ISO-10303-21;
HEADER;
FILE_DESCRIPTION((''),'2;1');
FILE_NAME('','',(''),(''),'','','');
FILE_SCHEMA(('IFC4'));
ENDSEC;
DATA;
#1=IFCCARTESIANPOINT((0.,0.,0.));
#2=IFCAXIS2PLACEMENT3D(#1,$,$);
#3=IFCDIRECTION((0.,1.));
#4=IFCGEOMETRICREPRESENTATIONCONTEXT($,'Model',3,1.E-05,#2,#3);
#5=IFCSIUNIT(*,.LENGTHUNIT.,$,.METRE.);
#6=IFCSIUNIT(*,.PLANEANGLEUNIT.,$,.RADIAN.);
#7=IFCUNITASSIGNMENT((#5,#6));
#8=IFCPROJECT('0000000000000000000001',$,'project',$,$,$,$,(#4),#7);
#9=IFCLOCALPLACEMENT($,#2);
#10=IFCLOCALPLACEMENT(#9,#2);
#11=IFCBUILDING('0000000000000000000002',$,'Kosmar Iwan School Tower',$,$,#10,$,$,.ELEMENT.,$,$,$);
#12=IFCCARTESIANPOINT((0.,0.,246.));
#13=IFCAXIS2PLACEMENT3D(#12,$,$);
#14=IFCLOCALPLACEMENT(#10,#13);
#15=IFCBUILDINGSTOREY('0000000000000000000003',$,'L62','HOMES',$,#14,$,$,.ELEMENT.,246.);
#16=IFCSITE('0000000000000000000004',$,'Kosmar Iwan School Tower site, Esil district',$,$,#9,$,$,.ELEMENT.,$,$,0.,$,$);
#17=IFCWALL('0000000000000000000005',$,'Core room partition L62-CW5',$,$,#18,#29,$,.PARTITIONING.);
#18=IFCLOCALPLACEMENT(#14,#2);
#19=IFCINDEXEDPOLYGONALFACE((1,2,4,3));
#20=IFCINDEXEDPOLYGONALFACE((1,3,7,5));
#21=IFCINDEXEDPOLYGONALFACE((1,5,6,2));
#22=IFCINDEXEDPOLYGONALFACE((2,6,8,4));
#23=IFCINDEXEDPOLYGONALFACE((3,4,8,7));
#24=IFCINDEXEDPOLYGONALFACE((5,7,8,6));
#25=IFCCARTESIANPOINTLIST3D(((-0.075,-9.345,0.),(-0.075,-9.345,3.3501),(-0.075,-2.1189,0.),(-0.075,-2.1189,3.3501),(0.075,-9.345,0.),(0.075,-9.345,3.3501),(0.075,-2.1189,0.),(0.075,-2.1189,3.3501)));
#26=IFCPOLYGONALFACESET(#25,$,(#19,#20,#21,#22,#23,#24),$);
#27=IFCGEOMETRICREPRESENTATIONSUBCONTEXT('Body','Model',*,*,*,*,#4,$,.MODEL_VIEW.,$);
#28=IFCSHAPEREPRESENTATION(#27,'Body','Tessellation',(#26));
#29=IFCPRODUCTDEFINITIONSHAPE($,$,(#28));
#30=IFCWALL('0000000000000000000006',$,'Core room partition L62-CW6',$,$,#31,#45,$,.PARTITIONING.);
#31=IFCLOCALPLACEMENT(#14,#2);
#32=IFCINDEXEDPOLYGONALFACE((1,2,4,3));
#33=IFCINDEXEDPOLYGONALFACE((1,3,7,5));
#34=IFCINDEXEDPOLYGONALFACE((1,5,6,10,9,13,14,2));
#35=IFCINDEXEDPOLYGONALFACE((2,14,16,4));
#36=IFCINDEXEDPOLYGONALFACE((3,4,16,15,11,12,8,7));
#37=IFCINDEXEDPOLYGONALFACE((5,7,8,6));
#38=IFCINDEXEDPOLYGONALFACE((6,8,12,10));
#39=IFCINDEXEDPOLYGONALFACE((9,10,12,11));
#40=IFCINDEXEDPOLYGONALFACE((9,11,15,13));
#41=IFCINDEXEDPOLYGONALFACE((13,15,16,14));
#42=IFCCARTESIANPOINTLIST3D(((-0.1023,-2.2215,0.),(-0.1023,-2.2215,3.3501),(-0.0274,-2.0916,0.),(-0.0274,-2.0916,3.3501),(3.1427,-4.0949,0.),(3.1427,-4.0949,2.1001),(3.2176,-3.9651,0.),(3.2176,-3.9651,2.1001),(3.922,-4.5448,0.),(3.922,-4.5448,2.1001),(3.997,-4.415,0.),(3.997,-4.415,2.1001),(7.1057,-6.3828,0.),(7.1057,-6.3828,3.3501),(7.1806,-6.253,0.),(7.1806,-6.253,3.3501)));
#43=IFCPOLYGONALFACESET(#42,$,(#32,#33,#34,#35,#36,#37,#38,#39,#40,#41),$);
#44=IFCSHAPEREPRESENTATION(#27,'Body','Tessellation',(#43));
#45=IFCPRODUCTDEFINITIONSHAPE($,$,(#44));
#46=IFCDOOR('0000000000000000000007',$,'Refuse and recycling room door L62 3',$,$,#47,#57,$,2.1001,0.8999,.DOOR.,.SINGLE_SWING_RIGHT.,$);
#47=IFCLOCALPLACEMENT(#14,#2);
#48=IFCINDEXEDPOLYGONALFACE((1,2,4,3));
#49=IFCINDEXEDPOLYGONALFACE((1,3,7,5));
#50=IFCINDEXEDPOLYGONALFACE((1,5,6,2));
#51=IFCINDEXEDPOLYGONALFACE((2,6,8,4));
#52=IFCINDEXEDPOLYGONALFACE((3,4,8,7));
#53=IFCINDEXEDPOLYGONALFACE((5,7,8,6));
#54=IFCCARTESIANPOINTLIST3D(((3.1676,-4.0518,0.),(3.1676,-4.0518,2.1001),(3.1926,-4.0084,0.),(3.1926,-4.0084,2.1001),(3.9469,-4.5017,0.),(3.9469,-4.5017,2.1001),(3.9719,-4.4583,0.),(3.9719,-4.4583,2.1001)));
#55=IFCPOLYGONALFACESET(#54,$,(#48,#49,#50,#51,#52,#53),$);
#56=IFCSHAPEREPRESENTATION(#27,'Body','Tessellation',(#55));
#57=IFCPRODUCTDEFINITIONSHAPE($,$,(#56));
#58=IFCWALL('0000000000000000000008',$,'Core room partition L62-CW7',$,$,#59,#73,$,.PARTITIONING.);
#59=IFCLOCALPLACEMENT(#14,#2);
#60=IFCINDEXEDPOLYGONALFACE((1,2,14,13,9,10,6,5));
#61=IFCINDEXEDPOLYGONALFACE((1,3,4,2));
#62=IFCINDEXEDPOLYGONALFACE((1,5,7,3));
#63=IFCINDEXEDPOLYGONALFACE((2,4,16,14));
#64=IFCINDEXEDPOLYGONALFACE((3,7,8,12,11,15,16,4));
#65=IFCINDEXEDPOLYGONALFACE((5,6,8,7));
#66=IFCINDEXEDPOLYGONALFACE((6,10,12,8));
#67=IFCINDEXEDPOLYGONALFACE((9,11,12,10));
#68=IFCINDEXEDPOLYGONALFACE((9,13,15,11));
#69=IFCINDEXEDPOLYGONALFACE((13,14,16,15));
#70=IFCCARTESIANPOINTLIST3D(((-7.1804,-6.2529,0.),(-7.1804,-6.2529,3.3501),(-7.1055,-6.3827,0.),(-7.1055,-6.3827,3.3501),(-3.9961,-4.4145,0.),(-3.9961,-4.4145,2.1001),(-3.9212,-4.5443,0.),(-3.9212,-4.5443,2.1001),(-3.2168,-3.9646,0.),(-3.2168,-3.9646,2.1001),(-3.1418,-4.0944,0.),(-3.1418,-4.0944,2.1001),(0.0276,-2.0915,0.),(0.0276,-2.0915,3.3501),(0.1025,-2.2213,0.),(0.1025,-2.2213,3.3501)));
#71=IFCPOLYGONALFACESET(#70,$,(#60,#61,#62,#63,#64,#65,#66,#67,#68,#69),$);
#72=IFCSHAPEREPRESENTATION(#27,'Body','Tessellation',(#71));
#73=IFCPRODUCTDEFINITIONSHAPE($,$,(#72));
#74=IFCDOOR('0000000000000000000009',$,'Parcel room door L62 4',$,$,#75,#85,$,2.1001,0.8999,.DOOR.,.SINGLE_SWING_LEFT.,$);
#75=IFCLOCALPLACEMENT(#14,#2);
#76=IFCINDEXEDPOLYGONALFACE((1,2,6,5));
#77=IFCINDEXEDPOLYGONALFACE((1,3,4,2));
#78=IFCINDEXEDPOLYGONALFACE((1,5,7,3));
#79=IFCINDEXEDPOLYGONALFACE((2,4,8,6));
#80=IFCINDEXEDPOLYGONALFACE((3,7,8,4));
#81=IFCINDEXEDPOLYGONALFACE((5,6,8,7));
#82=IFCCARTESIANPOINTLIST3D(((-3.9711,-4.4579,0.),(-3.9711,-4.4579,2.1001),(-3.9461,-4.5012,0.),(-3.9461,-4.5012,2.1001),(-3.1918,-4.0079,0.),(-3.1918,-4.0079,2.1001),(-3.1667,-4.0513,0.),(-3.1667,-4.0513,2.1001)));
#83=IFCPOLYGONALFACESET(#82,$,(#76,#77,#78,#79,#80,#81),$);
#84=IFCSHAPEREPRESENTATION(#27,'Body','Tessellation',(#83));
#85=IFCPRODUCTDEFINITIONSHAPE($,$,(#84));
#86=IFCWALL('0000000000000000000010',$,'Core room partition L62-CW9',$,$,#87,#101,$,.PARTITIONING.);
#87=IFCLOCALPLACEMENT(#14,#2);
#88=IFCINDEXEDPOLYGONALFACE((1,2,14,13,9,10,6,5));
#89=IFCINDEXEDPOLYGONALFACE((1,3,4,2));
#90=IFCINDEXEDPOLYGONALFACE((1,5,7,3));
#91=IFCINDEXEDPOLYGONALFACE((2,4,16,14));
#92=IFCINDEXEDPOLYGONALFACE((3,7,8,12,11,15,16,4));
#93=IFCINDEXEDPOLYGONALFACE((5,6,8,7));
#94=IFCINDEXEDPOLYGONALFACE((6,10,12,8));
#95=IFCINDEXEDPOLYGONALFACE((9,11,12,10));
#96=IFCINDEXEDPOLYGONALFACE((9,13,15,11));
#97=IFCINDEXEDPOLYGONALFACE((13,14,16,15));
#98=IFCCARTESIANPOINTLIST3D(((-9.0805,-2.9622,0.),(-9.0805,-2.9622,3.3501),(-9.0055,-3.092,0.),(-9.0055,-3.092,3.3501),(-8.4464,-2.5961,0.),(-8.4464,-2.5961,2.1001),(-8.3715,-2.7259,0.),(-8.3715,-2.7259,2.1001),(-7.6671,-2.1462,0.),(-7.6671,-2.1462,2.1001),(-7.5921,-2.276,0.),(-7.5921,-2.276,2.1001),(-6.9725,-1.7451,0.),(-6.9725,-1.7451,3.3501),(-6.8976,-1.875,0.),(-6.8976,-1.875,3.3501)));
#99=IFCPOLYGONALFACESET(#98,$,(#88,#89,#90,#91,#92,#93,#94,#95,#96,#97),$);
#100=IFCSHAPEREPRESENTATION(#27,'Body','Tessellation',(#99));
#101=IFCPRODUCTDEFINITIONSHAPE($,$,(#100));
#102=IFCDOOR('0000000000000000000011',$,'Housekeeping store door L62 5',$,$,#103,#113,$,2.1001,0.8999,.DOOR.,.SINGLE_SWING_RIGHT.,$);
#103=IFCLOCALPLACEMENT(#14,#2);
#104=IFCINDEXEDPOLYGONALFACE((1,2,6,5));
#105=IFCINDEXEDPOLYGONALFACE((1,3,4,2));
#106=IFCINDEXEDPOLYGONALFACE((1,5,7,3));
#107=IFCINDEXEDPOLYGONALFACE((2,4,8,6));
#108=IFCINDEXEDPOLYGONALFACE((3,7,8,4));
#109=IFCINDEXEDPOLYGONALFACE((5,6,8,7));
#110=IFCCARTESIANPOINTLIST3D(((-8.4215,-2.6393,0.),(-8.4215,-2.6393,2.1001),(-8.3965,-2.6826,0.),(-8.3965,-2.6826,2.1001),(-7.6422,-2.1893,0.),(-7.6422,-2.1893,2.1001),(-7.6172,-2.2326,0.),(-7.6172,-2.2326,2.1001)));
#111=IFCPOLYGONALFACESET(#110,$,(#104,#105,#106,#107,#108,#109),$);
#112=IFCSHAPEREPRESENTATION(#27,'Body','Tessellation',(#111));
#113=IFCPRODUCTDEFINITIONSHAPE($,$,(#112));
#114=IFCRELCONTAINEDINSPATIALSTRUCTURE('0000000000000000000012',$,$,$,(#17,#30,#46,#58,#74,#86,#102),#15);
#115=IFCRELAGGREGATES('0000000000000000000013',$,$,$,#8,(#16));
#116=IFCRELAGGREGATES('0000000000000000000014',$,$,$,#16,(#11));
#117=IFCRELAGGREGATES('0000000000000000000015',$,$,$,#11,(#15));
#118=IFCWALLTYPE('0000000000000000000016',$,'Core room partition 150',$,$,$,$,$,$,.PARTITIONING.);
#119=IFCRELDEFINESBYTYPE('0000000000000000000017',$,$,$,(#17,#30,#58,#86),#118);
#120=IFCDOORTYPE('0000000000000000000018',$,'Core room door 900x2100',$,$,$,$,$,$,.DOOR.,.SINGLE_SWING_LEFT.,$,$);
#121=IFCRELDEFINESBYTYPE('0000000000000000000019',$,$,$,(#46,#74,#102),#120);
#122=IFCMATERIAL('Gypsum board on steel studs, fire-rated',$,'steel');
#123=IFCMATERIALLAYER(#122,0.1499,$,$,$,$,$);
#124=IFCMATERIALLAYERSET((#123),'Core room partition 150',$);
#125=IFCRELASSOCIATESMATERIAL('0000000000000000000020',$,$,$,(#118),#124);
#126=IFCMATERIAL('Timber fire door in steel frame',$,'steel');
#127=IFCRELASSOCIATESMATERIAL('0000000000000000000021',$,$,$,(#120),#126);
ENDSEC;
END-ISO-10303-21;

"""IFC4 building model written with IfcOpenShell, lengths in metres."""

from ifc_helpers import new_model, si_unit, direction, frame, frame_2d, origin, place, context, subcontext, project, spatial, rectangle, extrude, material, layer, layer_set, type_object, element, fill, save


model = new_model("IFC4")

# Units and contexts
model_context = context("Model", 3, precision=1e-05, world=origin(), true_north=direction((0.0, 1.0)))
body_context = subcontext(model_context, "Body", "Model", "MODEL_VIEW")
ifc_project = project(units=[si_unit("LENGTHUNIT", "METRE"), si_unit("PLANEANGLEUNIT", "RADIAN")], contexts=[model_context])

# Site, building, storey
site_placement = place(None, origin())
site = spatial("IfcSite", under=ifc_project, at=site_placement, Name="Kosmar Iwan School Tower site, Esil district", CompositionType="ELEMENT", RefElevation=0.0)
building_placement = place(site_placement, origin())
building = spatial("IfcBuilding", under=site, at=building_placement, Name="Kosmar Iwan School Tower", CompositionType="ELEMENT")
storey_placement = place(building_placement, frame((0.0, 0.0, 246.0)))
storey = spatial("IfcBuildingStorey", under=building, at=storey_placement, Name="L62", Description="HOMES", CompositionType="ELEMENT", Elevation=246.0)

# Wall
ifc_material_1 = material(Name="Gypsum board on steel studs, fire-rated", Category="steel")
ifc_layer_1 = layer(ifc_material_1, 0.1499)
ifc_layer_set_1 = layer_set([ifc_layer_1], Name="Core room partition 150")
wall_type_1 = type_object("IfcWallType", Name="Core room partition 150", PredefinedType="PARTITIONING", material=ifc_layer_set_1)
wall_1_placement = place(storey_placement, frame((0.0, -9.345, 0.0), z_axis=(0.0, 0.0, 1.0), x_axis=(0.0, 1.0, 0.0)))
element("IfcWall", 1, at=wall_1_placement, inside=storey, type_object=wall_type_1, Name="Core room partition L62-CW5", PredefinedType="PARTITIONING", context=body_context, shape_type="SweptSolid", body=[
    extrude(rectangle(XDim=7.2261, YDim=0.1499, at=frame_2d((3.613, 0.0))), origin(), (0.0, 0.0, 1.0), 3.3501),
])

# Walls, openings, doors
wall_2_placement = place(storey_placement, frame((-0.0649, -2.1565, 0.0), z_axis=(0.0, 0.0, 1.0), x_axis=(0.866034, -0.499985, 0.0)))
wall_2 = element("IfcWall", 2, at=wall_2_placement, inside=storey, type_object=wall_type_1, Name="Core room partition L62-CW6", PredefinedType="PARTITIONING", context=body_context, shape_type="SweptSolid", body=[
    extrude(rectangle(XDim=8.323, YDim=0.1499, at=frame_2d((4.1616, 0.0))), origin(), (0.0, 0.0, 1.0), 3.3501),
])
opening_1_placement = place(wall_2_placement, frame((3.7471, 0.0, 0.0)))
opening_1 = element("IfcOpeningElement", 3, at=opening_1_placement, cuts=wall_2, PredefinedType="OPENING", context=body_context, shape_type="SweptSolid", body=[
    extrude(rectangle(XDim=0.8999, YDim=2.1001, at=frame_2d((0.45, 1.05))), frame((0.0, 0.0869, 0.0), z_axis=(0.0, -1.0, 0.0), x_axis=(1.0, 0.0, 0.0)), (0.0, 0.0, 1.0), 0.1738),
])
ifc_material_2 = material(Name="Timber fire door in steel frame", Category="steel")
door_type_1 = type_object("IfcDoorType", Name="Core room door 900x2100", OperationType="SINGLE_SWING_LEFT", PredefinedType="DOOR", material=ifc_material_2)
door_1_placement = place(opening_1_placement, origin())
door_1 = element("IfcDoor", 4, at=door_1_placement, inside=storey, type_object=door_type_1, Name="Refuse and recycling room door L62 3", OperationType="SINGLE_SWING_RIGHT", OverallHeight=2.1001, OverallWidth=0.8999, PredefinedType="DOOR", context=body_context, shape_type="SweptSolid", body=[
    extrude(rectangle(XDim=0.8999, YDim=2.1001, at=frame_2d((0.45, 1.05))), frame((0.0, 0.0249, 0.0), z_axis=(0.0, -1.0, 0.0), x_axis=(1.0, 0.0, 0.0)), (0.0, 0.0, 1.0), 0.05),
])
fill(opening_1, door_1)
wall_3_placement = place(storey_placement, frame((-7.1431, -6.3179, 0.0), z_axis=(0.0, 0.0, 1.0), x_axis=(0.866034, 0.499985, 0.0)))
wall_3 = element("IfcWall", 5, at=wall_3_placement, inside=storey, type_object=wall_type_1, Name="Core room partition L62-CW7", PredefinedType="PARTITIONING", context=body_context, shape_type="SweptSolid", body=[
    extrude(rectangle(XDim=8.323, YDim=0.1499, at=frame_2d((4.1616, 0.0))), origin(), (0.0, 0.0, 1.0), 3.3501),
])
opening_2_placement = place(wall_3_placement, frame((3.677, 0.0, 0.0)))
opening_2 = element("IfcOpeningElement", 6, at=opening_2_placement, cuts=wall_3, PredefinedType="OPENING", context=body_context, shape_type="SweptSolid", body=[
    extrude(rectangle(XDim=0.8999, YDim=2.1001, at=frame_2d((0.45, 1.05))), frame((0.0, 0.0869, 0.0), z_axis=(0.0, -1.0, 0.0), x_axis=(1.0, 0.0, 0.0)), (0.0, 0.0, 1.0), 0.1738),
])
door_2_placement = place(opening_2_placement, origin())
door_2 = element("IfcDoor", 7, at=door_2_placement, inside=storey, type_object=door_type_1, Name="Parcel room door L62 4", OperationType="SINGLE_SWING_LEFT", OverallHeight=2.1001, OverallWidth=0.8999, PredefinedType="DOOR", context=body_context, shape_type="SweptSolid", body=[
    extrude(rectangle(XDim=0.8999, YDim=2.1001, at=frame_2d((0.45, 1.05))), frame((0.0, 0.0249, 0.0), z_axis=(0.0, -1.0, 0.0), x_axis=(1.0, 0.0, 0.0)), (0.0, 0.0, 1.0), 0.05),
])
fill(opening_2, door_2)
wall_4_placement = place(storey_placement, frame((-6.9351, -1.8101, 0.0), z_axis=(0.0, 0.0, 1.0), x_axis=(-0.866019, -0.500012, 0.0)))
wall_4 = element("IfcWall", 8, at=wall_4_placement, inside=storey, type_object=wall_type_1, Name="Core room partition L62-CW9", PredefinedType="PARTITIONING", context=body_context, shape_type="SweptSolid", body=[
    extrude(rectangle(XDim=2.4341, YDim=0.1499, at=frame_2d((1.217, 0.0))), origin(), (0.0, 0.0, 1.0), 3.3501),
])
opening_3_placement = place(wall_4_placement, frame((0.802, 0.0, 0.0)))
opening_3 = element("IfcOpeningElement", 9, at=opening_3_placement, cuts=wall_4, PredefinedType="OPENING", context=body_context, shape_type="SweptSolid", body=[
    extrude(rectangle(XDim=0.8999, YDim=2.1001, at=frame_2d((0.45, 1.05))), frame((0.0, 0.0869, 0.0), z_axis=(0.0, -1.0, 0.0), x_axis=(1.0, 0.0, 0.0)), (0.0, 0.0, 1.0), 0.1738),
])
door_3_placement = place(opening_3_placement, origin())
door_3 = element("IfcDoor", 10, at=door_3_placement, inside=storey, type_object=door_type_1, Name="Housekeeping store door L62 5", OperationType="SINGLE_SWING_RIGHT", OverallHeight=2.1001, OverallWidth=0.8999, PredefinedType="DOOR", context=body_context, shape_type="SweptSolid", body=[
    extrude(rectangle(XDim=0.8999, YDim=2.1001, at=frame_2d((0.45, 1.05))), frame((0.0, 0.0249, 0.0), z_axis=(0.0, -1.0, 0.0), x_axis=(1.0, 0.0, 0.0)), (0.0, 0.0, 1.0), 0.05),
])
fill(opening_3, door_3)

save(model, "model.ifc")
